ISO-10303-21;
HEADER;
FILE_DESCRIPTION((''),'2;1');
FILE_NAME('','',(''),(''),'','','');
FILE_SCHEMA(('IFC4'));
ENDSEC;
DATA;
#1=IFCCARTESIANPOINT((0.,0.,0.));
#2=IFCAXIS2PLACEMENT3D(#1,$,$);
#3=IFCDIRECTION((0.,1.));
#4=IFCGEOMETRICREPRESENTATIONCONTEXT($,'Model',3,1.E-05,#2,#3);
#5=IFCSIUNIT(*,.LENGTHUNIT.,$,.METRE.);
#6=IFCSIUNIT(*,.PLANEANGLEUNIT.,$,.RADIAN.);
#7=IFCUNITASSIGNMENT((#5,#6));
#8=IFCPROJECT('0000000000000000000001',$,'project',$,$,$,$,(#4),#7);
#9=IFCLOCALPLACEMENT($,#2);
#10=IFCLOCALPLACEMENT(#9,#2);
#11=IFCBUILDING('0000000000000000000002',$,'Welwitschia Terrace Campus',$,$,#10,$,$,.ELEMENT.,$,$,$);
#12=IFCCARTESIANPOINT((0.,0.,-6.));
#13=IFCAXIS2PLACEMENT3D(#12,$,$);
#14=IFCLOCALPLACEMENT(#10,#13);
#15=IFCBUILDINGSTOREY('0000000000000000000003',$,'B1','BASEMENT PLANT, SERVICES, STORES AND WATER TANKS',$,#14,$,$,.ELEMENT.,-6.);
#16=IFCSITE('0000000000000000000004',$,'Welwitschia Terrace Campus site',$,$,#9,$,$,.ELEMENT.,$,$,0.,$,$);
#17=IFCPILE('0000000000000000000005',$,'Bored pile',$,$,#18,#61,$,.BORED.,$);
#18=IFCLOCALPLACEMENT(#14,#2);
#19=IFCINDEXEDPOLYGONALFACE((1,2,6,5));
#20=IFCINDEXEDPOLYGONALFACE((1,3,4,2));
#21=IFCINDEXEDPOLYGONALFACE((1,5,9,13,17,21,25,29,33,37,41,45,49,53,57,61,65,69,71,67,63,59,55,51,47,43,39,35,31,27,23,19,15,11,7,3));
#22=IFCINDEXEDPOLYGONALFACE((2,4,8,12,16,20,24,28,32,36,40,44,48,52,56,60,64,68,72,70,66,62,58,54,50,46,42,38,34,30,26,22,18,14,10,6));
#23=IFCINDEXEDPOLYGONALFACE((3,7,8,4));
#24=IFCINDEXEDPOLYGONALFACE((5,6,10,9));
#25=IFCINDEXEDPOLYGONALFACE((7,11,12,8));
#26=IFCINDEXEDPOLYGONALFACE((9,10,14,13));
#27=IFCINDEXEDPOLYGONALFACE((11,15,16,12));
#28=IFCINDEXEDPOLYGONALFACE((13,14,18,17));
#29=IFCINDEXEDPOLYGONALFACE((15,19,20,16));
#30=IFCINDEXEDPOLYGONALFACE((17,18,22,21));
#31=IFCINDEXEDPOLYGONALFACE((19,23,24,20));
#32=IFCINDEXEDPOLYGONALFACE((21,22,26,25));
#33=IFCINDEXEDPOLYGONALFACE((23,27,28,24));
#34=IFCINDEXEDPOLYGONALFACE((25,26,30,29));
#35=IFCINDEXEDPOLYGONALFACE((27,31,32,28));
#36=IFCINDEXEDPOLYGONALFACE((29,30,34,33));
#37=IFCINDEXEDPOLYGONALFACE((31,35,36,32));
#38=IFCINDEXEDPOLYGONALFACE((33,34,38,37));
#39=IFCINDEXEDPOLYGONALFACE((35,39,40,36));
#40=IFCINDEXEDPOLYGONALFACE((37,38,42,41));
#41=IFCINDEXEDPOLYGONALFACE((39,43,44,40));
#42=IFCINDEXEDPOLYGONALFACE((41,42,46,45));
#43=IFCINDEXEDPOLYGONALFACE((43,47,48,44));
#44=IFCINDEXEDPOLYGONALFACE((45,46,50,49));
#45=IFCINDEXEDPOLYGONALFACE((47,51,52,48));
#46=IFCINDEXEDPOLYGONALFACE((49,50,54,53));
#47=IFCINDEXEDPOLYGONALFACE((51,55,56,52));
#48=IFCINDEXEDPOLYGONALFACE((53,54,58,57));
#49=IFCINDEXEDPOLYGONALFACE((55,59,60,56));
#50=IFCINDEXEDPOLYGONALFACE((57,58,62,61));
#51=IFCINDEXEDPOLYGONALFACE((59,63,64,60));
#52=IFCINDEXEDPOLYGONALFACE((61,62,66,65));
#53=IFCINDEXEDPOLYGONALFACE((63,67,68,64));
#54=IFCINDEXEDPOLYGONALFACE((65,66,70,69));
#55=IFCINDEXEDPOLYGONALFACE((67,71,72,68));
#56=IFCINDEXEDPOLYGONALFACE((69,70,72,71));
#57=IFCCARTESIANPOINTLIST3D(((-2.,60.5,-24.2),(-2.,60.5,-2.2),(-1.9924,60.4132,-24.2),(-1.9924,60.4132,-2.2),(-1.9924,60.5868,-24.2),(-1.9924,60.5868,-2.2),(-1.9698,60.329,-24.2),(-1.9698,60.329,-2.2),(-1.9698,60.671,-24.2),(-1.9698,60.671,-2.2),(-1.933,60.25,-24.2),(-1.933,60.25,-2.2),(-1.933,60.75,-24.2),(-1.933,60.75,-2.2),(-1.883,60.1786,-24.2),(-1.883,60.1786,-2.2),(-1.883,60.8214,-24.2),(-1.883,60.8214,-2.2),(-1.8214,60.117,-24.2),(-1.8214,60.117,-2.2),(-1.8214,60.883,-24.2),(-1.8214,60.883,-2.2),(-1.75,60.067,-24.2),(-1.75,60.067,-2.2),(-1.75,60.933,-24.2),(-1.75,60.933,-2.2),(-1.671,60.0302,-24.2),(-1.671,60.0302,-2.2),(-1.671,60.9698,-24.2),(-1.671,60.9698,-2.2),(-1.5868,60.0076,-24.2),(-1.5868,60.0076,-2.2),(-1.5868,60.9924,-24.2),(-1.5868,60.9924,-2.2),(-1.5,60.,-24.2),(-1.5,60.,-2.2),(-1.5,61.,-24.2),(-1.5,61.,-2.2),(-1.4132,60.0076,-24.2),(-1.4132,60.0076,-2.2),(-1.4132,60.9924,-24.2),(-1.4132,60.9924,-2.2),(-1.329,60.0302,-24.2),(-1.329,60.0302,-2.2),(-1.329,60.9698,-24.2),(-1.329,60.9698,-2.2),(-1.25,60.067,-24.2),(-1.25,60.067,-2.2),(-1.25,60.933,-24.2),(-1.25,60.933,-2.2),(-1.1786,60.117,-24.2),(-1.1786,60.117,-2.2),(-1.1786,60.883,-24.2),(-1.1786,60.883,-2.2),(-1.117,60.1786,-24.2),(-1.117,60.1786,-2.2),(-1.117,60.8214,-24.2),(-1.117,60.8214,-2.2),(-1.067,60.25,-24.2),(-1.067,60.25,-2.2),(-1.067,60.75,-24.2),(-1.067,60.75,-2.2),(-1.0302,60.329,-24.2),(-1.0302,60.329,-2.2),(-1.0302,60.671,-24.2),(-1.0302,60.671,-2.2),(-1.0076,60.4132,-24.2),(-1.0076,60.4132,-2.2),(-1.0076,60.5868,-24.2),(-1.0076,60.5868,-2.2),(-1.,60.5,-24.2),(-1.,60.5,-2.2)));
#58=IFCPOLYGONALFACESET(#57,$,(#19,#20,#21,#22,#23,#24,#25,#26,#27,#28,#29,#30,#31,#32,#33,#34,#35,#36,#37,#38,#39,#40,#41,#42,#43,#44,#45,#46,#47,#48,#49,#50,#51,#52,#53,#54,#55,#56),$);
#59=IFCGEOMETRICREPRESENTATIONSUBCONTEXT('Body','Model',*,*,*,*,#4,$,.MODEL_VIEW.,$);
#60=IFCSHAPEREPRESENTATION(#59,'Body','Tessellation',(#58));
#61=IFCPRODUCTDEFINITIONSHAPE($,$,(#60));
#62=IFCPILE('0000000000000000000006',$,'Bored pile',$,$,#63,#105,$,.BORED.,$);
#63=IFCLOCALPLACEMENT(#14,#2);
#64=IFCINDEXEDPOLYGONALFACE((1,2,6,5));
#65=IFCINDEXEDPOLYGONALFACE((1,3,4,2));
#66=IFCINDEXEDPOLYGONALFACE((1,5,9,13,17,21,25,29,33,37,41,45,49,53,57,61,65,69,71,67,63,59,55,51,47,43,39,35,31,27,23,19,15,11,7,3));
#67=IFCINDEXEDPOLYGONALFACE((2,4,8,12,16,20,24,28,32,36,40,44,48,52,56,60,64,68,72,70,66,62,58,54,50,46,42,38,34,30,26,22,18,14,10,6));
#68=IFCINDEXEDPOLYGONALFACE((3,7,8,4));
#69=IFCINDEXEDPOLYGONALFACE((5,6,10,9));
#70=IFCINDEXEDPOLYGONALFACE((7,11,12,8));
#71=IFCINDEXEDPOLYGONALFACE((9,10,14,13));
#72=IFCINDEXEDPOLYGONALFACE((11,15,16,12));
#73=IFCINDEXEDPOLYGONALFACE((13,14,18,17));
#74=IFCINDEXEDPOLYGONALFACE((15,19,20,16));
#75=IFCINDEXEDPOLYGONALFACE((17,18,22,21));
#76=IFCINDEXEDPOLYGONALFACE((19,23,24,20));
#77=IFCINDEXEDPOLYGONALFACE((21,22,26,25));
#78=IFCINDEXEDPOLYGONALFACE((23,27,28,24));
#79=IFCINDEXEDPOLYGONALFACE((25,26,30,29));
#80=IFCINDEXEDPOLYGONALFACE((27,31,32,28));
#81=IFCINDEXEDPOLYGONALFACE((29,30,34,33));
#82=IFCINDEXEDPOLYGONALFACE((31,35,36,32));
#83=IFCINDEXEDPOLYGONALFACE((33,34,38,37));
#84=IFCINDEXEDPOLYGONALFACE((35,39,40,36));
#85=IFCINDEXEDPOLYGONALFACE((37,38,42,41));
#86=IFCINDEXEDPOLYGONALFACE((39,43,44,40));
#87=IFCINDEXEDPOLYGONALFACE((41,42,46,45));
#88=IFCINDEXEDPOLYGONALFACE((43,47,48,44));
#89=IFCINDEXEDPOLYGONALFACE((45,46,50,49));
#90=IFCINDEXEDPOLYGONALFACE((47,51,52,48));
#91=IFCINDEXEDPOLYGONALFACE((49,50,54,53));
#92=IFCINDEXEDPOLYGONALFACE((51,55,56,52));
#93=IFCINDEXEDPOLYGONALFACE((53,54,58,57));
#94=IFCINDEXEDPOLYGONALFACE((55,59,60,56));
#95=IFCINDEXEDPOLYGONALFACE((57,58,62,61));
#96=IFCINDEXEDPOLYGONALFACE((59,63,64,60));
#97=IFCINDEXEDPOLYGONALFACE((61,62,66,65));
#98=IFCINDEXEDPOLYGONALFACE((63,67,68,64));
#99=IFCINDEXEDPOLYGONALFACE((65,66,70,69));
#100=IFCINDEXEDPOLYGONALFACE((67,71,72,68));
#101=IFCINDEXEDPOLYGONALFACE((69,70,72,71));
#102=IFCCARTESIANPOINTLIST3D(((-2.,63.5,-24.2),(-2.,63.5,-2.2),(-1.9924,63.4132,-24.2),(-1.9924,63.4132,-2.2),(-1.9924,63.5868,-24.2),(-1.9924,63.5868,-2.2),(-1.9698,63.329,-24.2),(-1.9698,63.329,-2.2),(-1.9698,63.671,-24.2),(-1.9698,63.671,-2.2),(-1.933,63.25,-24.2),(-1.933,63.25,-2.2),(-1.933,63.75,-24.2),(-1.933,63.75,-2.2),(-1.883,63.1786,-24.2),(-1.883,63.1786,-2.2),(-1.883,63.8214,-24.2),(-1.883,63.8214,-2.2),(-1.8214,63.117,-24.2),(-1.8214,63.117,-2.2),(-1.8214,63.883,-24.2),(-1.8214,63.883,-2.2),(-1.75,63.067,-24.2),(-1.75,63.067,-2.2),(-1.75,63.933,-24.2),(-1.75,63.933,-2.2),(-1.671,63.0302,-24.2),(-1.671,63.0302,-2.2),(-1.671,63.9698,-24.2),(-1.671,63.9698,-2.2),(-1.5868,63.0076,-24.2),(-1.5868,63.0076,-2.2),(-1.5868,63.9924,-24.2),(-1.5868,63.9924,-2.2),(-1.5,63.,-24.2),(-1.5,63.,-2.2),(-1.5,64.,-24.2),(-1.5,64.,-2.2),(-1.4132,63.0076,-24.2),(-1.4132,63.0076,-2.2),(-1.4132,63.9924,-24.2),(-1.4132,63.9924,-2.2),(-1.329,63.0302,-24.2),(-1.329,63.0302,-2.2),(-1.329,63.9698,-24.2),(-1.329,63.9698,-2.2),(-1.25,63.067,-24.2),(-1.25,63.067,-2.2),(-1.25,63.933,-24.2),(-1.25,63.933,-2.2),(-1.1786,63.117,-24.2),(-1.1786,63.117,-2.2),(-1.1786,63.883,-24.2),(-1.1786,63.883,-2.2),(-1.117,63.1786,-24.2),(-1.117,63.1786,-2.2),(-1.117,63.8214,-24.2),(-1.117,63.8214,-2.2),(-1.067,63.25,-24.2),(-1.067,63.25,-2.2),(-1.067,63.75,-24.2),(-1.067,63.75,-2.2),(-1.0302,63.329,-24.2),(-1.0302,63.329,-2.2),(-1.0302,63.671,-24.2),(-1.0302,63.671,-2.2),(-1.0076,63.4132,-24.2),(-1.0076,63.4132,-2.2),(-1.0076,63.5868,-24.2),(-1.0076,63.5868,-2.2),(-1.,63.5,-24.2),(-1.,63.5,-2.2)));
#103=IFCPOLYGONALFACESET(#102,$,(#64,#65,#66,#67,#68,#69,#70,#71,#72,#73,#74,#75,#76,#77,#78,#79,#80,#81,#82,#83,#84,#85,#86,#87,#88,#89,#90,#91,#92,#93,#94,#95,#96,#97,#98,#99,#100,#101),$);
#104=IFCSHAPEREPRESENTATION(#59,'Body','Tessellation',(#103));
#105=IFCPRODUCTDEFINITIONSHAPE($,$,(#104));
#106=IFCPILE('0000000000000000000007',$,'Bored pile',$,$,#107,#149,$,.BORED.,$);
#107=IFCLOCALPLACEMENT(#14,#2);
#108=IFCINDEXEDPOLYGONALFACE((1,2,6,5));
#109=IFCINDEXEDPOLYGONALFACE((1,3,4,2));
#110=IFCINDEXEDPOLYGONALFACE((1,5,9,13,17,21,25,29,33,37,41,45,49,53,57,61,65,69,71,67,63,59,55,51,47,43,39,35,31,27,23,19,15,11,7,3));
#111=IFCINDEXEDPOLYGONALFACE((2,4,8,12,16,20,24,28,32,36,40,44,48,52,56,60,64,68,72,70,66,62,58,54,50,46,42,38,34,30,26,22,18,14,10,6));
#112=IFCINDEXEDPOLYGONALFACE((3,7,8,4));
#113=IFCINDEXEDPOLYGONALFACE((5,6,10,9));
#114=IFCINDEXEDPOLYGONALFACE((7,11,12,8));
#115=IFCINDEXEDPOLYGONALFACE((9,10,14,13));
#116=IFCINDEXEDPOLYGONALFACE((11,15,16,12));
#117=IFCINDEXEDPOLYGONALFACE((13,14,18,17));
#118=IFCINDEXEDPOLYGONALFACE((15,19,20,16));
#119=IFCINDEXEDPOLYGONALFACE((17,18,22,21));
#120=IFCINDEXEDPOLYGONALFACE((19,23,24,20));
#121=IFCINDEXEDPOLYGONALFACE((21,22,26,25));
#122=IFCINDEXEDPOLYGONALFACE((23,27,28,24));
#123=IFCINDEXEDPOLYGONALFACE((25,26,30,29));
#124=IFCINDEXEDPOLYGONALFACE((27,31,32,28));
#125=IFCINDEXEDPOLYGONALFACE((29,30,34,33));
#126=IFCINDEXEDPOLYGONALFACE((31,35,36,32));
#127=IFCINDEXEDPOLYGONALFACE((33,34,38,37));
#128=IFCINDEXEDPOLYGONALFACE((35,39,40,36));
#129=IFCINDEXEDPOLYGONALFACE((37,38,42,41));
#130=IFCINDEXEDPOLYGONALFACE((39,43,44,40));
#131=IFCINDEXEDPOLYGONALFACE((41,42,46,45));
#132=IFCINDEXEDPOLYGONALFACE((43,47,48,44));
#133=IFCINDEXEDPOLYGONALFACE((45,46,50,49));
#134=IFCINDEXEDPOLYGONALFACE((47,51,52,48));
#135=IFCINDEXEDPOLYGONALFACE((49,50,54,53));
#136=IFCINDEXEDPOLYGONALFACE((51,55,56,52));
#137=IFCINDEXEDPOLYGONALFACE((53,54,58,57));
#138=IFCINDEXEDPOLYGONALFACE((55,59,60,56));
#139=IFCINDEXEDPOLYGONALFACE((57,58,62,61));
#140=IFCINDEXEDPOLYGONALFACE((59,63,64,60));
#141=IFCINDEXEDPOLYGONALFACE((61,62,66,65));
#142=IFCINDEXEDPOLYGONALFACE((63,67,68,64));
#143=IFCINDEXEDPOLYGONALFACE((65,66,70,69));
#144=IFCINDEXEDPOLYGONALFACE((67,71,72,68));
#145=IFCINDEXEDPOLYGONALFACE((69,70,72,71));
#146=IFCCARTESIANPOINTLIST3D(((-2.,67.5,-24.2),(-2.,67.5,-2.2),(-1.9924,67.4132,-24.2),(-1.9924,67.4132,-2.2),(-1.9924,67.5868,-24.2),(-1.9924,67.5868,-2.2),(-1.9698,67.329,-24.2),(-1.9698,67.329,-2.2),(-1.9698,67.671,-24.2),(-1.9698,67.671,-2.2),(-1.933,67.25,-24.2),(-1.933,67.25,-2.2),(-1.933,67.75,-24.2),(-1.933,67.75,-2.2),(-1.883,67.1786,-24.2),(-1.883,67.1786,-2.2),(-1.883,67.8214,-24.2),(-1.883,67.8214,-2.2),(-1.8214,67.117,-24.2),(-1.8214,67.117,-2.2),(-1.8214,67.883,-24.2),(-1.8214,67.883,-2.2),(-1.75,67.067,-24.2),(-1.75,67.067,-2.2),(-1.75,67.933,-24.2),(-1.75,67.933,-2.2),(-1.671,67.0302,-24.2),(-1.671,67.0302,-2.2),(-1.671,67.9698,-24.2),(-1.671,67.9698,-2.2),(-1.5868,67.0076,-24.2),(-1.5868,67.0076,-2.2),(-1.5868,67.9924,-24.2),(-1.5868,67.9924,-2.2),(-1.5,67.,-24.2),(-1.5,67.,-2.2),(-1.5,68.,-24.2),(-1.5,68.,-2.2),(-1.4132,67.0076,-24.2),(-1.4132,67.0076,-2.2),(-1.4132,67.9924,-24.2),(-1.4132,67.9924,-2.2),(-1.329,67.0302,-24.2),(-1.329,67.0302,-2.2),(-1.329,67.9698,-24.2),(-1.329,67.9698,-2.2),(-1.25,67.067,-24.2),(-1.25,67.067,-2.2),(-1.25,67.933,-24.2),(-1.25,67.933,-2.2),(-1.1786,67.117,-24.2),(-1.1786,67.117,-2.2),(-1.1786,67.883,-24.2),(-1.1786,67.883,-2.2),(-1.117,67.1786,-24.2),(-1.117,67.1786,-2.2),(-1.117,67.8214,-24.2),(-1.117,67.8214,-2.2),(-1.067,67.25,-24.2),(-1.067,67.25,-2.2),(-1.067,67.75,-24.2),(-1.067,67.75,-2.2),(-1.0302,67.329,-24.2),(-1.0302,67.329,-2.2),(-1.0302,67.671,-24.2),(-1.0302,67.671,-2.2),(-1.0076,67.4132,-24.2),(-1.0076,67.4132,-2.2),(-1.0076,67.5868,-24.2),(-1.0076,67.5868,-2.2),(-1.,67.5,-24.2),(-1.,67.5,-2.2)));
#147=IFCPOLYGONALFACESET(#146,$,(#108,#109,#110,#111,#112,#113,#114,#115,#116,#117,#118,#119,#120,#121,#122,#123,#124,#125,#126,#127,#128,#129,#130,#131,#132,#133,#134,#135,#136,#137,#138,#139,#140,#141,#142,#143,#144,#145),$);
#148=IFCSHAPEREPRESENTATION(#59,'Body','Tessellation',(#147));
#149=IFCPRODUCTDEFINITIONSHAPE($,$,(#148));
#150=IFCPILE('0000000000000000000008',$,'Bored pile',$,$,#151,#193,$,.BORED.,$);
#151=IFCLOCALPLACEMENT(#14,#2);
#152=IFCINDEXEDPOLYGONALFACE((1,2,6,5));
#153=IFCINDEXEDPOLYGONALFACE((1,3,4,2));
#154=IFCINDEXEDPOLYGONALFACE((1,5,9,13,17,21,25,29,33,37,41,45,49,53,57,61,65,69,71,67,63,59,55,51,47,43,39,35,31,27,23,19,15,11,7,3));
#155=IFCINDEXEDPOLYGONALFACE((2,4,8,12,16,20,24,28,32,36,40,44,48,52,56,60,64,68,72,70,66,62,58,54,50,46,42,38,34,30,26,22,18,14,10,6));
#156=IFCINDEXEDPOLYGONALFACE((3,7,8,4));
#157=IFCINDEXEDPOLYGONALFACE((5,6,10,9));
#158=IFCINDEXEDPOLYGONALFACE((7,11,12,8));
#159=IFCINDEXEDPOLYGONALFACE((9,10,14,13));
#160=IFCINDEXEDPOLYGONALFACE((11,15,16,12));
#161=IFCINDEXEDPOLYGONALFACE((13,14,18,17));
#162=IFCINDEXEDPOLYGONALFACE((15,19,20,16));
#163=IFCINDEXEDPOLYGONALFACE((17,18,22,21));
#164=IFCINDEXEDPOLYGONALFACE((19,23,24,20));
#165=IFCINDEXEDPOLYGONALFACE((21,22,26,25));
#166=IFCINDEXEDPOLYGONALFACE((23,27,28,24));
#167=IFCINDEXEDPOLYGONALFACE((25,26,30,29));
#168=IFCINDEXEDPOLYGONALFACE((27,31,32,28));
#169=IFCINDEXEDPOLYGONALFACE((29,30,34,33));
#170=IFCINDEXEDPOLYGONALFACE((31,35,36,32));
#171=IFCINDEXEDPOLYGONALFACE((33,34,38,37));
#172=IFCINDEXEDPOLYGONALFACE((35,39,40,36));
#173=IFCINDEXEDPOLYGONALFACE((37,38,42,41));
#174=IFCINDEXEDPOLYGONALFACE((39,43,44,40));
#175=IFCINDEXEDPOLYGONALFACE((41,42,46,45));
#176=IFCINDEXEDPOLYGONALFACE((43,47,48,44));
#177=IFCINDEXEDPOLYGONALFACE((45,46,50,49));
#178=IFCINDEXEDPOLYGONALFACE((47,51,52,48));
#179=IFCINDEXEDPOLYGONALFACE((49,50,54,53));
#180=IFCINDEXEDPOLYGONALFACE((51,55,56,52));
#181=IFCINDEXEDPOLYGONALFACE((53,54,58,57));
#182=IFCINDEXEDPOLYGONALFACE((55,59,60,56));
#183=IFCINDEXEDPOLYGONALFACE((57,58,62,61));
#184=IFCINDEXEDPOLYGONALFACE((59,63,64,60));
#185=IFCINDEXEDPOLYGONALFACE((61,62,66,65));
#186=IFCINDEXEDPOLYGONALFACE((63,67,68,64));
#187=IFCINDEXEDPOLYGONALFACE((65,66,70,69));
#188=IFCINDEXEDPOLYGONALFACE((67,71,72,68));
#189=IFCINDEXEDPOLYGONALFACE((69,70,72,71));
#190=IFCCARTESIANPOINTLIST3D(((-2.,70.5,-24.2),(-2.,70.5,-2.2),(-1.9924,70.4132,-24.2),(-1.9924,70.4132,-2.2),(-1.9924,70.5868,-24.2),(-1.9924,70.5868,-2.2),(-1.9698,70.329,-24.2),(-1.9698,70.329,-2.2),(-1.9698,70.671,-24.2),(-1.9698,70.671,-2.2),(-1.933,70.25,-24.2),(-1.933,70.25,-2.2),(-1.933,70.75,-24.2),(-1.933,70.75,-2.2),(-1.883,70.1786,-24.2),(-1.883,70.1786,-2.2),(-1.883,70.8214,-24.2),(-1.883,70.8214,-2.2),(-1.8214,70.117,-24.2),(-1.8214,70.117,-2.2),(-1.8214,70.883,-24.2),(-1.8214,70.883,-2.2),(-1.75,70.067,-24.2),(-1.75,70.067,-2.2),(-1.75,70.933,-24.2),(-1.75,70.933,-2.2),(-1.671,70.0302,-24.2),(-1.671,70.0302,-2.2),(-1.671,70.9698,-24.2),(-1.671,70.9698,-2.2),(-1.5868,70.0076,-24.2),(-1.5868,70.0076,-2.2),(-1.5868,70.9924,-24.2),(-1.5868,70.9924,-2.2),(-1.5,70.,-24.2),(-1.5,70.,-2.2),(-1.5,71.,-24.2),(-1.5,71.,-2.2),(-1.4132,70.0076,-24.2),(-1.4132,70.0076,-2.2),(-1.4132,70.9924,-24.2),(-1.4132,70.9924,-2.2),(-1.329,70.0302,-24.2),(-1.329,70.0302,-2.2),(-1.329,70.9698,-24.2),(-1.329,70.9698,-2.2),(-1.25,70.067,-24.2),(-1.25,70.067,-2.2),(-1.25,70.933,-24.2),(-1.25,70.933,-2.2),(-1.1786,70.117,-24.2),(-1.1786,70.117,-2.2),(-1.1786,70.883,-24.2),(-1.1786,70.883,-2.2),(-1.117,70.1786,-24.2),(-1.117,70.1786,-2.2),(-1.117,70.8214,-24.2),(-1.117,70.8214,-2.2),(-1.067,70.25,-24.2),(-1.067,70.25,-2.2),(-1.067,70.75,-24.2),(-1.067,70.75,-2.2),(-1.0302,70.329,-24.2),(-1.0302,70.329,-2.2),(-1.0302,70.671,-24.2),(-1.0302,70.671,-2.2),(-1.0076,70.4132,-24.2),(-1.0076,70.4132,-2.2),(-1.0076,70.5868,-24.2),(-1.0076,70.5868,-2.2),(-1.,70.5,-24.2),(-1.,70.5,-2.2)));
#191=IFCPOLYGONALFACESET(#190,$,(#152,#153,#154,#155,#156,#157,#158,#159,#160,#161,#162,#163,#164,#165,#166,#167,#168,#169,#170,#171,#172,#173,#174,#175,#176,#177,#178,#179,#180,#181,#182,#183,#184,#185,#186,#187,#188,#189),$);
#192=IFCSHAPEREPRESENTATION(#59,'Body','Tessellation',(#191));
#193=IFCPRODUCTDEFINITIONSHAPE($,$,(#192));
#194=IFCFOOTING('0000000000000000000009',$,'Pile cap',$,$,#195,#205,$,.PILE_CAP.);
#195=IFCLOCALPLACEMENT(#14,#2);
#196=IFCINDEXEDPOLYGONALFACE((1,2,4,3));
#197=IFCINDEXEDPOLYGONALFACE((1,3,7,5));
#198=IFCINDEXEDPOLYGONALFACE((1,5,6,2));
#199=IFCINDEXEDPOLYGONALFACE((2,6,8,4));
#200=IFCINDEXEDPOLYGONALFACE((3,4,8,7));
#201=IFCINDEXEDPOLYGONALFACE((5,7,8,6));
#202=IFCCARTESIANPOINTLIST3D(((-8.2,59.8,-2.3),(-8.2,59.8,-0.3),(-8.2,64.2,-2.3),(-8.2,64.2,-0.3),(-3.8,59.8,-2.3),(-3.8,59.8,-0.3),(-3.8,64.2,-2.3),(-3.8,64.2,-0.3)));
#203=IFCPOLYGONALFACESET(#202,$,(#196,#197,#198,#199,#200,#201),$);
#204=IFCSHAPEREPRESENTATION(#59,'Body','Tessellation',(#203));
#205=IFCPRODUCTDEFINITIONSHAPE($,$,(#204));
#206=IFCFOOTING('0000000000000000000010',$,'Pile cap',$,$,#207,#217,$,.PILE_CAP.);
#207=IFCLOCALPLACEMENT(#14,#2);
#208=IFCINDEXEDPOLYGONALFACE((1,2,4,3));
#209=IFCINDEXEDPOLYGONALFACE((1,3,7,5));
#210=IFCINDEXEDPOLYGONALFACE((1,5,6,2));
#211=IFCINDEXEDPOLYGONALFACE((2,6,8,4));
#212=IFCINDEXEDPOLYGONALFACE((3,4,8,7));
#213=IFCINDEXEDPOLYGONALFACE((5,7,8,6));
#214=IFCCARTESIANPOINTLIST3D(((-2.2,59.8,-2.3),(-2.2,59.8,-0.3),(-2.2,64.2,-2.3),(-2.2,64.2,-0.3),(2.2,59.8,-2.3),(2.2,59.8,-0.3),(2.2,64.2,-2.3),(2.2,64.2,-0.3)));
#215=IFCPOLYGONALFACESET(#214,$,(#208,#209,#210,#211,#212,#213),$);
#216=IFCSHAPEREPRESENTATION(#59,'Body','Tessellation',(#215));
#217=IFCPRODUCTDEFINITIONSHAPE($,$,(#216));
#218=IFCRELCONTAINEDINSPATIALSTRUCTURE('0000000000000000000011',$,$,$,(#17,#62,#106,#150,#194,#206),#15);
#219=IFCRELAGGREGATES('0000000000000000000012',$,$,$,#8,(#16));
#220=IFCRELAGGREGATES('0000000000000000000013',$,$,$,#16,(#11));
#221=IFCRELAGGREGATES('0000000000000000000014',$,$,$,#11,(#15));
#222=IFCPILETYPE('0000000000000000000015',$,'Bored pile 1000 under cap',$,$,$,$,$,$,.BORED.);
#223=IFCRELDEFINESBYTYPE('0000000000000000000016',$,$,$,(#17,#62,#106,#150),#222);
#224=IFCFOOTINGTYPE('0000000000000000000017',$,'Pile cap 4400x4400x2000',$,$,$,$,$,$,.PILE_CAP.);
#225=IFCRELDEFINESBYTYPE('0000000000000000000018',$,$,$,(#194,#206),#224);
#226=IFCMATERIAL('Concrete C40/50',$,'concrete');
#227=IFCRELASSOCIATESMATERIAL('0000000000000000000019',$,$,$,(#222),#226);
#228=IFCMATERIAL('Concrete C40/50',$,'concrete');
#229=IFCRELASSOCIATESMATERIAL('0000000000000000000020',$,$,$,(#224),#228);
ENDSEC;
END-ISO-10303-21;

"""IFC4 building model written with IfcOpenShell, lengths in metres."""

from ifc_helpers import new_model, si_unit, direction, frame, origin, origin_2d, place, context, subcontext, project, spatial, rectangle, circle, extrude, material, type_object, element, save


model = new_model("IFC4")

# Units and contexts
model_context = context("Model", 3, precision=1e-05, world=origin(), true_north=direction((0.0, 1.0)))
body_context = subcontext(model_context, "Body", "Model", "MODEL_VIEW")
ifc_project = project(units=[si_unit("LENGTHUNIT", "METRE"), si_unit("PLANEANGLEUNIT", "RADIAN")], contexts=[model_context])

# Site, building, storey
site_placement = place(None, origin())
site = spatial("IfcSite", under=ifc_project, at=site_placement, Name="Welwitschia Terrace Campus site", CompositionType="ELEMENT", RefElevation=0.0)
building_placement = place(site_placement, origin())
building = spatial("IfcBuilding", under=site, at=building_placement, Name="Welwitschia Terrace Campus", CompositionType="ELEMENT")
storey_placement = place(building_placement, frame((0.0, 0.0, -6.0)))
storey = spatial("IfcBuildingStorey", under=building, at=storey_placement, Name="B1", Description="BASEMENT PLANT, SERVICES, STORES AND WATER TANKS", CompositionType="ELEMENT", Elevation=-6.0)

# Piles
ifc_material_1 = material(Name="Concrete C40/50", Category="concrete")
pile_type = type_object("IfcPileType", Name="Bored pile 1000 under cap", PredefinedType="BORED", material=ifc_material_1)
for number, where, z_axis, x_axis, name in (
    (1, (-1.5, 60.5, -2.2), (0.0, 0.0, -1.0), (1.0, 0.0, 0.0), "Bored pile"),
    (2, (-1.5, 63.5, -2.2), (0.0, 0.0, -1.0), (1.0, 0.0, 0.0), "Bored pile"),
    (3, (-1.5, 67.5, -2.2), (0.0, 0.0, -1.0), (1.0, 0.0, 0.0), "Bored pile"),
    (4, (-1.5, 70.5, -2.2), (0.0, 0.0, -1.0), (1.0, 0.0, 0.0), "Bored pile"),
):
    element("IfcPile", number, at=place(storey_placement, frame(where, z_axis=z_axis, x_axis=x_axis)), inside=storey, type_object=pile_type, Name=name, PredefinedType="BORED", context=body_context, shape_type="SweptSolid", body=[
        extrude(circle(Radius=0.5, at=origin_2d()), origin(), (0.0, 0.0, 1.0), 22.0),
    ])

# Footings
ifc_material_2 = material(Name="Concrete C40/50", Category="concrete")
footing_type = type_object("IfcFootingType", Name="Pile cap 4400x4400x2000", PredefinedType="PILE_CAP", material=ifc_material_2)
for number, where, z_axis, x_axis, name in (
    (5, (-6.0, 62.0, -2.3), (0.0, 0.0, 1.0), (1.0, 0.0, 0.0), "Pile cap"),
    (6, (0.0, 62.0, -2.3), (0.0, 0.0, 1.0), (1.0, 0.0, 0.0), "Pile cap"),
):
    element("IfcFooting", number, at=place(storey_placement, frame(where, z_axis=z_axis, x_axis=x_axis)), inside=storey, type_object=footing_type, Name=name, PredefinedType="PILE_CAP", context=body_context, shape_type="SweptSolid", body=[
        extrude(rectangle(XDim=4.3999, YDim=4.3999, at=origin_2d()), origin(), (0.0, 0.0, 1.0), 2.0),
    ])

save(model, "model.ifc")
